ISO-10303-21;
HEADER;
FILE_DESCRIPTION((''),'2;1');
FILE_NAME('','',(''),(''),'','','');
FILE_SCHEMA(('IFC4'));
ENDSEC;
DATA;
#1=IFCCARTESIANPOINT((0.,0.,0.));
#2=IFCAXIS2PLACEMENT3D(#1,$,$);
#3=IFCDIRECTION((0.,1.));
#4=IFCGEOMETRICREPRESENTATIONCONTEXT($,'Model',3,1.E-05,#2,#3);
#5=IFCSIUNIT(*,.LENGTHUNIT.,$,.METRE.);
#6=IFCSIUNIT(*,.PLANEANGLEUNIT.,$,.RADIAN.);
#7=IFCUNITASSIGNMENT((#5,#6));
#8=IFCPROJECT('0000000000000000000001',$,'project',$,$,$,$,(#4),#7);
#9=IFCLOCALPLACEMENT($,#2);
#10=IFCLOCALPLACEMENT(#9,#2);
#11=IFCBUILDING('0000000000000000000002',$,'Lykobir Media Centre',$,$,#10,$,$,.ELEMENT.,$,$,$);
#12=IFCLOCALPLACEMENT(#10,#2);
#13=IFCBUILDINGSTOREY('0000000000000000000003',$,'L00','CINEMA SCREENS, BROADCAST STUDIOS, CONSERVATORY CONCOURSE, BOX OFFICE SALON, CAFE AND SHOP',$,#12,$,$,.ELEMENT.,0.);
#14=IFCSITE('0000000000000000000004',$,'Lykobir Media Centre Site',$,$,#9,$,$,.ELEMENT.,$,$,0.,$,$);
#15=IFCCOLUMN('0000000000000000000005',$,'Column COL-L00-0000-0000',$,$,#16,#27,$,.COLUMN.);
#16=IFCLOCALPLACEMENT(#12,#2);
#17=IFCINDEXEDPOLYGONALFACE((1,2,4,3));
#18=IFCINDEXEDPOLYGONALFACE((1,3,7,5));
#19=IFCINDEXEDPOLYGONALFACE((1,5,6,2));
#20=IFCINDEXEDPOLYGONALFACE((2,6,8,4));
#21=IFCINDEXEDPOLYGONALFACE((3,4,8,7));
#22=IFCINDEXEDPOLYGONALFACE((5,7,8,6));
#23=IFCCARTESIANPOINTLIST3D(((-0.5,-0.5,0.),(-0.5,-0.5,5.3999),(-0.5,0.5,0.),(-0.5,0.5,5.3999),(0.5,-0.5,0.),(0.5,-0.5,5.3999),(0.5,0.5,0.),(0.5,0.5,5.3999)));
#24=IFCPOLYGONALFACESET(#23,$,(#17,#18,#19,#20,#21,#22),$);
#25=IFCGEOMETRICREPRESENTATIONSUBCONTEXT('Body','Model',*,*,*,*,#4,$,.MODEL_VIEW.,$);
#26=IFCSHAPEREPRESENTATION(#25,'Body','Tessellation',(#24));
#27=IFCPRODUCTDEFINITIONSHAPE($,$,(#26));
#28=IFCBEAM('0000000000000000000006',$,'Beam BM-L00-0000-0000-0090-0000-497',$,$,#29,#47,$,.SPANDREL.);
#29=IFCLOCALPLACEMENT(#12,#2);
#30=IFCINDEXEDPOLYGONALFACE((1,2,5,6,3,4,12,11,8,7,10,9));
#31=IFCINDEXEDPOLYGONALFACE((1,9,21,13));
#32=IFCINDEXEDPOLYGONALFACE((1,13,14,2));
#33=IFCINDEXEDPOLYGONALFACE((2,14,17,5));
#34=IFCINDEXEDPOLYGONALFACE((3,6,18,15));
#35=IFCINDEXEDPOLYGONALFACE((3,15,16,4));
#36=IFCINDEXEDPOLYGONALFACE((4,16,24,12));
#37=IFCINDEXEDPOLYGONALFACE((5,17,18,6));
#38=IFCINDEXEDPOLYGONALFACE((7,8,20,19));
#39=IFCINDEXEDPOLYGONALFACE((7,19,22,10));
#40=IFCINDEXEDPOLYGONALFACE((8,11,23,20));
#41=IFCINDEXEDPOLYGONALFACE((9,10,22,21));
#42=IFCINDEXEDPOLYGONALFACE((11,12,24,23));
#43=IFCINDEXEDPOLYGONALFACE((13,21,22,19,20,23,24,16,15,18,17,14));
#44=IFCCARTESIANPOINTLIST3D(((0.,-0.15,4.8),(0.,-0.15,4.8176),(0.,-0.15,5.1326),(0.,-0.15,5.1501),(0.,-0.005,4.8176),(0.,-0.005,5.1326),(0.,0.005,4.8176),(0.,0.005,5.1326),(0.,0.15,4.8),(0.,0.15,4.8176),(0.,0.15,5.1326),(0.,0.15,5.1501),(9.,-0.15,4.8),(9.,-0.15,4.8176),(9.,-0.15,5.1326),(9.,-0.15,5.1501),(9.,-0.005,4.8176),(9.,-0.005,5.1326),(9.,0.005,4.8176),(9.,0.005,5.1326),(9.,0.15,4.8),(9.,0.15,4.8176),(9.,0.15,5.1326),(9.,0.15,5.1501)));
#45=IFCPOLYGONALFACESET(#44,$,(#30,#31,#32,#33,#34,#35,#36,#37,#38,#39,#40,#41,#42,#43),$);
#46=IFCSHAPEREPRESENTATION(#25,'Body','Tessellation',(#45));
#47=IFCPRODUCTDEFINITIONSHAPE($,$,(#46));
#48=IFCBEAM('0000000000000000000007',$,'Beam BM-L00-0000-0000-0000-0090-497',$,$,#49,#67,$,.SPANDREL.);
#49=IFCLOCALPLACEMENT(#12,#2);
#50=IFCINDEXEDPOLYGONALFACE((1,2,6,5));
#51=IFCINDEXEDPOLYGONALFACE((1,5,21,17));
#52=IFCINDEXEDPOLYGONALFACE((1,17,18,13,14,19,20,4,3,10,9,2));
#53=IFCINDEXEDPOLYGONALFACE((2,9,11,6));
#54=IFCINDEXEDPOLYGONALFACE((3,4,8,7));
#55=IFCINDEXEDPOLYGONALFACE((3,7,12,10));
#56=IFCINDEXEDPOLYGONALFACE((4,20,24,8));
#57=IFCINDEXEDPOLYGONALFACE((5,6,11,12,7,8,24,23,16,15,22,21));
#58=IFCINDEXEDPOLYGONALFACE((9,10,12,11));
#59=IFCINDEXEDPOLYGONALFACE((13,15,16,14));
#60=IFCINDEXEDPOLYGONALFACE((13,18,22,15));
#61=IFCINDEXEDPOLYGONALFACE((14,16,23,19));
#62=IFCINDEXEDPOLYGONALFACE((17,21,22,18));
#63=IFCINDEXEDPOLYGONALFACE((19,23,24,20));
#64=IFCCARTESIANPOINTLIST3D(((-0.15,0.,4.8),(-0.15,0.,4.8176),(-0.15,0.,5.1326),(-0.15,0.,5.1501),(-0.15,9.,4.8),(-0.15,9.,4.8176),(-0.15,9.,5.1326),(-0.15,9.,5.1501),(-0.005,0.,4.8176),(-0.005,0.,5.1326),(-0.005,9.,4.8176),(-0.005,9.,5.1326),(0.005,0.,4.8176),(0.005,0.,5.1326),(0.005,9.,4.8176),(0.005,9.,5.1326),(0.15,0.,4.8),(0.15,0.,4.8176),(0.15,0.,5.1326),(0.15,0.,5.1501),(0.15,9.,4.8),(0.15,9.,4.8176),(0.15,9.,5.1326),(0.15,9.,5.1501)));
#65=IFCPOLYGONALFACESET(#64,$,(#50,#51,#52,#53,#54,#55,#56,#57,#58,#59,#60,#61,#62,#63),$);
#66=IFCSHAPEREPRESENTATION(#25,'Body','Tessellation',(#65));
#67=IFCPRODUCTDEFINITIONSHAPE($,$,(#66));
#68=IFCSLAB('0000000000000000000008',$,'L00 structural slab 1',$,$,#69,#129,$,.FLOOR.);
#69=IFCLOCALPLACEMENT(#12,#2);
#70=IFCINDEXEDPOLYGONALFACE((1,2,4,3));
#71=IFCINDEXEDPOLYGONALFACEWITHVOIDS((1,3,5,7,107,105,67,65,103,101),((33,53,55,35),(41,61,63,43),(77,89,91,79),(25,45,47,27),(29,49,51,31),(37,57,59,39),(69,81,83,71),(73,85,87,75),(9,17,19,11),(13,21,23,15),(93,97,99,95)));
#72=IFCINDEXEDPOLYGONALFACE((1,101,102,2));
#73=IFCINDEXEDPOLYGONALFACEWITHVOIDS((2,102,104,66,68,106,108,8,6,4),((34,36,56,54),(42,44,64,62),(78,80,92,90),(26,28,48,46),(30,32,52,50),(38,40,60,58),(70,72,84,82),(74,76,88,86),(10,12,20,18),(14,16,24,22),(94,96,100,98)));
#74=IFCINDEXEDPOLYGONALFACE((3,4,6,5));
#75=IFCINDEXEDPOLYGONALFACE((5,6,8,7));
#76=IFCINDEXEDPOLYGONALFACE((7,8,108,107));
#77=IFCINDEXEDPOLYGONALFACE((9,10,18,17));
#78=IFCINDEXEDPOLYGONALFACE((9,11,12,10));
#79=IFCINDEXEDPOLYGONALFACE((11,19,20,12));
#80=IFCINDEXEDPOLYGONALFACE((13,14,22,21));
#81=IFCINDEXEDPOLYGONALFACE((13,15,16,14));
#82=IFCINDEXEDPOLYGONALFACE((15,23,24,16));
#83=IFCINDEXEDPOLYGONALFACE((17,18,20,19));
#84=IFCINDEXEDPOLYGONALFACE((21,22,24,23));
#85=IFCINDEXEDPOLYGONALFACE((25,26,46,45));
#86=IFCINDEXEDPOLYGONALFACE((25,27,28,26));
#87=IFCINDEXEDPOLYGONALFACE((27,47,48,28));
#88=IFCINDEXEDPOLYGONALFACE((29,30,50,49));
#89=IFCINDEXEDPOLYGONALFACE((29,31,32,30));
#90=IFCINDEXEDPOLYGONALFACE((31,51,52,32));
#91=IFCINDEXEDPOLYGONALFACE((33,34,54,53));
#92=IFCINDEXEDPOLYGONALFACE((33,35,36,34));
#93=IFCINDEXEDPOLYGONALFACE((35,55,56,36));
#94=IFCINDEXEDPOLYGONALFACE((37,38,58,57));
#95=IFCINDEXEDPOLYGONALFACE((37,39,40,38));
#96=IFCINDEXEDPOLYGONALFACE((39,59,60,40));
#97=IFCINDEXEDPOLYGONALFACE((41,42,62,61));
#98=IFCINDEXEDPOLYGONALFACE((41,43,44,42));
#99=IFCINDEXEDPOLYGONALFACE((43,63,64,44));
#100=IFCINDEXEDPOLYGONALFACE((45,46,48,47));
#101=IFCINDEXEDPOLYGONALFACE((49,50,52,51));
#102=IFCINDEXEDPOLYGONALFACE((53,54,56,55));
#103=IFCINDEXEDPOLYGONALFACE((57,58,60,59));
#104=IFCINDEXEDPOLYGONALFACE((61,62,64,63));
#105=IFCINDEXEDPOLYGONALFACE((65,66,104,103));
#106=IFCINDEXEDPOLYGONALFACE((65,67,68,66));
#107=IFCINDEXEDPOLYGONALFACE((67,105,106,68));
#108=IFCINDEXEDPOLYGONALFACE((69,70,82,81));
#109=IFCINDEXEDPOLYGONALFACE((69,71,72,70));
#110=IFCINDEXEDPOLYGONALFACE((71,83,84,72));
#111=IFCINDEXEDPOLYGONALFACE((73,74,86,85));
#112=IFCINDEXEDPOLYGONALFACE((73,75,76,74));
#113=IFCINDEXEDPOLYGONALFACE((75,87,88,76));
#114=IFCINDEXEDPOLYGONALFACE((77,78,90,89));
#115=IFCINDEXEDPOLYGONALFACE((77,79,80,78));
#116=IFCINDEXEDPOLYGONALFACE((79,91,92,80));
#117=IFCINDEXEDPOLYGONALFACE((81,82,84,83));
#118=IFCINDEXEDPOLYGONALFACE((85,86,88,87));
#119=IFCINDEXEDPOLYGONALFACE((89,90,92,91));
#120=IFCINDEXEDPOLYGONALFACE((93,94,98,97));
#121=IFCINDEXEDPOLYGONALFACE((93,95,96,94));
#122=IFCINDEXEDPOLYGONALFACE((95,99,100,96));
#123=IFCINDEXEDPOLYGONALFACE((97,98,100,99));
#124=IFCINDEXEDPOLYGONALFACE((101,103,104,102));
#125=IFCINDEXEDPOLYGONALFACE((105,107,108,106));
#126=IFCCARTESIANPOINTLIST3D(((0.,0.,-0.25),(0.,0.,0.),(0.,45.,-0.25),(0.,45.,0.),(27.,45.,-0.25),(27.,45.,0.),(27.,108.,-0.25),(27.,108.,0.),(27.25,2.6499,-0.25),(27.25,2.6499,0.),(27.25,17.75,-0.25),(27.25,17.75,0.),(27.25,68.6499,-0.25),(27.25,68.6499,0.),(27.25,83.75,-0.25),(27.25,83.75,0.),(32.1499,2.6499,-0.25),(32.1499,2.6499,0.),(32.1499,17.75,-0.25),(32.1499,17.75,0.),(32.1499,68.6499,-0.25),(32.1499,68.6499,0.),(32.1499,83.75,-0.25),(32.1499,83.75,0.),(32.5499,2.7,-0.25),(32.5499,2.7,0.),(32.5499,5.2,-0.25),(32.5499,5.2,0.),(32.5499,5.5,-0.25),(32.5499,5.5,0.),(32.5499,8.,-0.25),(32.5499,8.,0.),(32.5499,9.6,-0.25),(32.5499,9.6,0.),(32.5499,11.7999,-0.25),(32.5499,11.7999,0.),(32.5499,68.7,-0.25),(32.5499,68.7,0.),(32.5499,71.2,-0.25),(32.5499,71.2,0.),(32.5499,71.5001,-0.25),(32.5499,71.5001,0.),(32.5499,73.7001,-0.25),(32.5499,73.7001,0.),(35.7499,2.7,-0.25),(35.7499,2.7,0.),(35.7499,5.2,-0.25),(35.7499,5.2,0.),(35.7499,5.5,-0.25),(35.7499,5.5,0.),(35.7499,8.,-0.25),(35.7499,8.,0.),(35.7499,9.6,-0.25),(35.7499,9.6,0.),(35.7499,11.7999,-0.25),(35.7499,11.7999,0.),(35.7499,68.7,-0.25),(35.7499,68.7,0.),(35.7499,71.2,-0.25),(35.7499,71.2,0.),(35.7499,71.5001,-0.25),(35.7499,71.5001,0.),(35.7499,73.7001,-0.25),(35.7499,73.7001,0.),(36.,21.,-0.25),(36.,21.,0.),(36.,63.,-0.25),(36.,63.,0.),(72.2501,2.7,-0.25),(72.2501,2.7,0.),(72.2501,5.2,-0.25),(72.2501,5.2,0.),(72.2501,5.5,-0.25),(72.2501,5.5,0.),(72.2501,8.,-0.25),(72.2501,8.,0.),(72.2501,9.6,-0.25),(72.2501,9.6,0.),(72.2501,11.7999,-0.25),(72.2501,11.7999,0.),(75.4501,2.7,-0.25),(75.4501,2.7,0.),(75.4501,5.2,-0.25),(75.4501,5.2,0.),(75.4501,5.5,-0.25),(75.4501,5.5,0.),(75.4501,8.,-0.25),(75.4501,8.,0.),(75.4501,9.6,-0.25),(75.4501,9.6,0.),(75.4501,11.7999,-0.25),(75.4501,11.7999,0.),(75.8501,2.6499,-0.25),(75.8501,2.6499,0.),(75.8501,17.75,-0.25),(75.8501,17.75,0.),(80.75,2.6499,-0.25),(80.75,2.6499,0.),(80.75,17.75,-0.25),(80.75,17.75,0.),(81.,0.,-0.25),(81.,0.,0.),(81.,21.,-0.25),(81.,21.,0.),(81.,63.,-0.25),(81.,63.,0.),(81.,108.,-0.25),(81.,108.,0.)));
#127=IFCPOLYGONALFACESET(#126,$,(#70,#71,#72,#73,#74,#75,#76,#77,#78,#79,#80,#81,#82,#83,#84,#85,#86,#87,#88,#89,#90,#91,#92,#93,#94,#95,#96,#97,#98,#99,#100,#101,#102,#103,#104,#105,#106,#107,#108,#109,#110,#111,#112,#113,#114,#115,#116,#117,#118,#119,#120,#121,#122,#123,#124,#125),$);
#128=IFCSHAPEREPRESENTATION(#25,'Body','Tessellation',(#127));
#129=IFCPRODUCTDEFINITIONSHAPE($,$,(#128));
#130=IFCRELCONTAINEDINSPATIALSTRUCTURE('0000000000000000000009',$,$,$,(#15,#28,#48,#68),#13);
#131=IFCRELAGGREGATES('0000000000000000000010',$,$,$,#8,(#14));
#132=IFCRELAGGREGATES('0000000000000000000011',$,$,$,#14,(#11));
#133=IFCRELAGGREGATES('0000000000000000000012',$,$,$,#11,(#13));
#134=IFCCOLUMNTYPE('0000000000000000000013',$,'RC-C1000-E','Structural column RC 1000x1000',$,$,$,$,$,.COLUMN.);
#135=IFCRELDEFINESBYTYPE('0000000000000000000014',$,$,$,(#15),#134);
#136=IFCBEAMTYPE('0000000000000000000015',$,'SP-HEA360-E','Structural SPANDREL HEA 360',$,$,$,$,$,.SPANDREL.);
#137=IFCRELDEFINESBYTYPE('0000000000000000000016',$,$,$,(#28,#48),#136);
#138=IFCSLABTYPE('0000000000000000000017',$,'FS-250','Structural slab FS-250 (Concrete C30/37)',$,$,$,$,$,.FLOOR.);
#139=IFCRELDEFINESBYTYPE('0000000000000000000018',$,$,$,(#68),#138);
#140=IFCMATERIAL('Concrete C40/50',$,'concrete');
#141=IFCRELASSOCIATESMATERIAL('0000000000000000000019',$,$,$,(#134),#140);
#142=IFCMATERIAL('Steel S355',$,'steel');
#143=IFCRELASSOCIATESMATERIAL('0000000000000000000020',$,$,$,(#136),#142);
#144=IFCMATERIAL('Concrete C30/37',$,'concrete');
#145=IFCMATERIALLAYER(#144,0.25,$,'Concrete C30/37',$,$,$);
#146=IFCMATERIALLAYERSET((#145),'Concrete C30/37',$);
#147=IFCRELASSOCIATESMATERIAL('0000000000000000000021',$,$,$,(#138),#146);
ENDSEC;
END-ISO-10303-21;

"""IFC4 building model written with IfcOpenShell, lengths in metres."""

from ifc_helpers import new_model, si_unit, direction, frame, origin, origin_with_axes, origin_2d, place, context, subcontext, project, spatial, polyline, rectangle, i_section, outline, extrude, material, layer, layer_set, material_profile, profile_set, type_object, element, save


model = new_model("IFC4")

# Units and contexts
model_context = context("Model", 3, precision=1e-05, world=origin(), true_north=direction((0.0, 1.0)))
body_context = subcontext(model_context, "Body", "Model", "MODEL_VIEW")
ifc_project = project(units=[si_unit("LENGTHUNIT", "METRE"), si_unit("PLANEANGLEUNIT", "RADIAN")], contexts=[model_context])

# Site, building, storey
site_placement = place(None, origin())
site = spatial("IfcSite", under=ifc_project, at=site_placement, Name="Lykobir Media Centre Site", CompositionType="ELEMENT", RefElevation=0.0)
building_placement = place(site_placement, origin())
building = spatial("IfcBuilding", under=site, at=building_placement, Name="Lykobir Media Centre", CompositionType="ELEMENT")
storey_placement = place(building_placement, origin())
storey = spatial("IfcBuildingStorey", under=building, at=storey_placement, Name="L00", Description="CINEMA SCREENS, BROADCAST STUDIOS, CONSERVATORY CONCOURSE, BOX OFFICE SALON, CAFE AND SHOP", CompositionType="ELEMENT", Elevation=0.0)

# Column
ifc_material_1 = material(Name="Concrete C40/50", Category="concrete")
ifc_material_profile_1 = material_profile(ifc_material_1, rectangle(XDim=1.0, YDim=1.0, at=origin_2d()), Name="RC 1000x1000")
ifc_profile_set_1 = profile_set([ifc_material_profile_1], Name="Concrete C40/50")
column_type = type_object("IfcColumnType", Name="RC-C1000-E", Description="Structural column RC 1000x1000", PredefinedType="COLUMN", material=ifc_profile_set_1)
column_placement = place(storey_placement, origin_with_axes())
element("IfcColumn", 1, at=column_placement, inside=storey, type_object=column_type, Name="Column COL-L00-0000-0000", PredefinedType="COLUMN", context=body_context, shape_type="SweptSolid", body=[
    extrude(rectangle(XDim=1.0, YDim=1.0, at=origin_2d()), origin(), (0.0, 0.0, 1.0), 5.3999),
])

# Beams
ifc_material_2 = material(Name="Steel S355", Category="steel")
ifc_material_profile_2 = material_profile(ifc_material_2, i_section(OverallWidth=0.3, OverallDepth=0.3501, WebThickness=0.01, FlangeThickness=0.0176, at=origin_2d()), Name="HEA 360")
ifc_profile_set_2 = profile_set([ifc_material_profile_2], Name="Steel S355")
beam_type = type_object("IfcBeamType", Name="SP-HEA360-E", Description="Structural SPANDREL HEA 360", PredefinedType="SPANDREL", material=ifc_profile_set_2)
for number, where, z_axis, x_axis, name in (
    (2, (0.0, 0.0, 4.9751), (1.0, 0.0, 0.0), (0.0, 1.0, 0.0), "Beam BM-L00-0000-0000-0090-0000-497"),
    (3, (0.0, 0.0, 4.9751), (0.0, 1.0, 0.0), (-1.0, 0.0, 0.0), "Beam BM-L00-0000-0000-0000-0090-497"),
):
    element("IfcBeam", number, at=place(storey_placement, frame(where, z_axis=z_axis, x_axis=x_axis)), inside=storey, type_object=beam_type, Name=name, PredefinedType="SPANDREL", context=body_context, shape_type="SweptSolid", body=[
        extrude(i_section(OverallWidth=0.3, OverallDepth=0.3501, WebThickness=0.01, FlangeThickness=0.0176, at=origin_2d()), origin(), (0.0, 0.0, 1.0), 9.0),
    ])

# Slab, openings
ifc_material_3 = material(Name="Concrete C30/37", Category="concrete")
ifc_layer_1 = layer(ifc_material_3, 0.25, Name="Concrete C30/37")
ifc_layer_set_1 = layer_set([ifc_layer_1], Name="Concrete C30/37")
slab_type_1 = type_object("IfcSlabType", Name="FS-250", Description="Structural slab FS-250 (Concrete C30/37)", PredefinedType="FLOOR", material=ifc_layer_set_1)
slab_1_placement = place(storey_placement, frame((0.0, 0.0, -0.25)))
slab_1 = element("IfcSlab", 4, at=slab_1_placement, inside=storey, type_object=slab_type_1, Name="L00 structural slab 1", PredefinedType="FLOOR", context=body_context, shape_type="SweptSolid", body=[
    extrude(outline(polyline([(81.0, 21.0), (36.0, 21.0), (36.0, 63.0), (81.0, 63.0), (81.0, 108.0), (27.0, 108.0), (27.0, 63.0), (27.0, 45.0), (0.0, 45.0), (0.0, 27.0), (0.0, 0.0), (27.0, 0.0), (81.0, 0.0), (81.0, 21.0)]), holes=[polyline([(32.1499, 2.6499), (27.25, 2.6499), (27.25, 17.75), (32.1499, 17.75), (32.1499, 2.6499)]), polyline([(80.75, 2.6499), (75.8501, 2.6499), (75.8501, 17.75), (80.75, 17.75), (80.75, 2.6499)]), polyline([(32.1499, 68.6499), (27.25, 68.6499), (27.25, 83.75), (32.1499, 83.75), (32.1499, 68.6499)])]), origin(), (0.0, 0.0, 1.0), 0.25),
])
opening_1_placement = place(slab_1_placement, frame((34.1499, 3.95, 0.0)))
element("IfcOpeningElement", 5, at=opening_1_placement, cuts=slab_1, PredefinedType="OPENING", context=body_context, shape_type="SweptSolid", body=[
    extrude(rectangle(XDim=3.2, YDim=2.5, at=origin_2d()), origin(), (0.0, 0.0, 1.0), 0.25),
])
opening_2_placement = place(slab_1_placement, frame((34.1499, 6.75, 0.0)))
element("IfcOpeningElement", 6, at=opening_2_placement, cuts=slab_1, PredefinedType="OPENING", context=body_context, shape_type="SweptSolid", body=[
    extrude(rectangle(XDim=3.2, YDim=2.5, at=origin_2d()), origin(), (0.0, 0.0, 1.0), 0.25),
])
opening_3_placement = place(slab_1_placement, frame((34.1499, 10.7, 0.0)))
element("IfcOpeningElement", 7, at=opening_3_placement, cuts=slab_1, PredefinedType="OPENING", context=body_context, shape_type="SweptSolid", body=[
    extrude(rectangle(XDim=3.2, YDim=2.2, at=origin_2d()), origin(), (0.0, 0.0, 1.0), 0.25),
])
opening_4_placement = place(slab_1_placement, frame((73.8501, 3.95, 0.0)))
element("IfcOpeningElement", 8, at=opening_4_placement, cuts=slab_1, PredefinedType="OPENING", context=body_context, shape_type="SweptSolid", body=[
    extrude(rectangle(XDim=3.2, YDim=2.5, at=origin_2d()), origin(), (0.0, 0.0, 1.0), 0.25),
])
opening_5_placement = place(slab_1_placement, frame((73.8501, 6.75, 0.0)))
element("IfcOpeningElement", 9, at=opening_5_placement, cuts=slab_1, PredefinedType="OPENING", context=body_context, shape_type="SweptSolid", body=[
    extrude(rectangle(XDim=3.2, YDim=2.5, at=origin_2d()), origin(), (0.0, 0.0, 1.0), 0.25),
])
opening_6_placement = place(slab_1_placement, frame((73.8501, 10.7, 0.0)))
element("IfcOpeningElement", 10, at=opening_6_placement, cuts=slab_1, PredefinedType="OPENING", context=body_context, shape_type="SweptSolid", body=[
    extrude(rectangle(XDim=3.2, YDim=2.2, at=origin_2d()), origin(), (0.0, 0.0, 1.0), 0.25),
])
opening_7_placement = place(slab_1_placement, frame((34.1499, 69.95, 0.0)))
element("IfcOpeningElement", 11, at=opening_7_placement, cuts=slab_1, PredefinedType="OPENING", context=body_context, shape_type="SweptSolid", body=[
    extrude(rectangle(XDim=3.2, YDim=2.5, at=origin_2d()), origin(), (0.0, 0.0, 1.0), 0.25),
])
opening_8_placement = place(slab_1_placement, frame((34.1499, 72.6001, 0.0)))
element("IfcOpeningElement", 12, at=opening_8_placement, cuts=slab_1, PredefinedType="OPENING", context=body_context, shape_type="SweptSolid", body=[
    extrude(rectangle(XDim=3.2, YDim=2.2, at=origin_2d()), origin(), (0.0, 0.0, 1.0), 0.25),
])

save(model, "model.ifc")
